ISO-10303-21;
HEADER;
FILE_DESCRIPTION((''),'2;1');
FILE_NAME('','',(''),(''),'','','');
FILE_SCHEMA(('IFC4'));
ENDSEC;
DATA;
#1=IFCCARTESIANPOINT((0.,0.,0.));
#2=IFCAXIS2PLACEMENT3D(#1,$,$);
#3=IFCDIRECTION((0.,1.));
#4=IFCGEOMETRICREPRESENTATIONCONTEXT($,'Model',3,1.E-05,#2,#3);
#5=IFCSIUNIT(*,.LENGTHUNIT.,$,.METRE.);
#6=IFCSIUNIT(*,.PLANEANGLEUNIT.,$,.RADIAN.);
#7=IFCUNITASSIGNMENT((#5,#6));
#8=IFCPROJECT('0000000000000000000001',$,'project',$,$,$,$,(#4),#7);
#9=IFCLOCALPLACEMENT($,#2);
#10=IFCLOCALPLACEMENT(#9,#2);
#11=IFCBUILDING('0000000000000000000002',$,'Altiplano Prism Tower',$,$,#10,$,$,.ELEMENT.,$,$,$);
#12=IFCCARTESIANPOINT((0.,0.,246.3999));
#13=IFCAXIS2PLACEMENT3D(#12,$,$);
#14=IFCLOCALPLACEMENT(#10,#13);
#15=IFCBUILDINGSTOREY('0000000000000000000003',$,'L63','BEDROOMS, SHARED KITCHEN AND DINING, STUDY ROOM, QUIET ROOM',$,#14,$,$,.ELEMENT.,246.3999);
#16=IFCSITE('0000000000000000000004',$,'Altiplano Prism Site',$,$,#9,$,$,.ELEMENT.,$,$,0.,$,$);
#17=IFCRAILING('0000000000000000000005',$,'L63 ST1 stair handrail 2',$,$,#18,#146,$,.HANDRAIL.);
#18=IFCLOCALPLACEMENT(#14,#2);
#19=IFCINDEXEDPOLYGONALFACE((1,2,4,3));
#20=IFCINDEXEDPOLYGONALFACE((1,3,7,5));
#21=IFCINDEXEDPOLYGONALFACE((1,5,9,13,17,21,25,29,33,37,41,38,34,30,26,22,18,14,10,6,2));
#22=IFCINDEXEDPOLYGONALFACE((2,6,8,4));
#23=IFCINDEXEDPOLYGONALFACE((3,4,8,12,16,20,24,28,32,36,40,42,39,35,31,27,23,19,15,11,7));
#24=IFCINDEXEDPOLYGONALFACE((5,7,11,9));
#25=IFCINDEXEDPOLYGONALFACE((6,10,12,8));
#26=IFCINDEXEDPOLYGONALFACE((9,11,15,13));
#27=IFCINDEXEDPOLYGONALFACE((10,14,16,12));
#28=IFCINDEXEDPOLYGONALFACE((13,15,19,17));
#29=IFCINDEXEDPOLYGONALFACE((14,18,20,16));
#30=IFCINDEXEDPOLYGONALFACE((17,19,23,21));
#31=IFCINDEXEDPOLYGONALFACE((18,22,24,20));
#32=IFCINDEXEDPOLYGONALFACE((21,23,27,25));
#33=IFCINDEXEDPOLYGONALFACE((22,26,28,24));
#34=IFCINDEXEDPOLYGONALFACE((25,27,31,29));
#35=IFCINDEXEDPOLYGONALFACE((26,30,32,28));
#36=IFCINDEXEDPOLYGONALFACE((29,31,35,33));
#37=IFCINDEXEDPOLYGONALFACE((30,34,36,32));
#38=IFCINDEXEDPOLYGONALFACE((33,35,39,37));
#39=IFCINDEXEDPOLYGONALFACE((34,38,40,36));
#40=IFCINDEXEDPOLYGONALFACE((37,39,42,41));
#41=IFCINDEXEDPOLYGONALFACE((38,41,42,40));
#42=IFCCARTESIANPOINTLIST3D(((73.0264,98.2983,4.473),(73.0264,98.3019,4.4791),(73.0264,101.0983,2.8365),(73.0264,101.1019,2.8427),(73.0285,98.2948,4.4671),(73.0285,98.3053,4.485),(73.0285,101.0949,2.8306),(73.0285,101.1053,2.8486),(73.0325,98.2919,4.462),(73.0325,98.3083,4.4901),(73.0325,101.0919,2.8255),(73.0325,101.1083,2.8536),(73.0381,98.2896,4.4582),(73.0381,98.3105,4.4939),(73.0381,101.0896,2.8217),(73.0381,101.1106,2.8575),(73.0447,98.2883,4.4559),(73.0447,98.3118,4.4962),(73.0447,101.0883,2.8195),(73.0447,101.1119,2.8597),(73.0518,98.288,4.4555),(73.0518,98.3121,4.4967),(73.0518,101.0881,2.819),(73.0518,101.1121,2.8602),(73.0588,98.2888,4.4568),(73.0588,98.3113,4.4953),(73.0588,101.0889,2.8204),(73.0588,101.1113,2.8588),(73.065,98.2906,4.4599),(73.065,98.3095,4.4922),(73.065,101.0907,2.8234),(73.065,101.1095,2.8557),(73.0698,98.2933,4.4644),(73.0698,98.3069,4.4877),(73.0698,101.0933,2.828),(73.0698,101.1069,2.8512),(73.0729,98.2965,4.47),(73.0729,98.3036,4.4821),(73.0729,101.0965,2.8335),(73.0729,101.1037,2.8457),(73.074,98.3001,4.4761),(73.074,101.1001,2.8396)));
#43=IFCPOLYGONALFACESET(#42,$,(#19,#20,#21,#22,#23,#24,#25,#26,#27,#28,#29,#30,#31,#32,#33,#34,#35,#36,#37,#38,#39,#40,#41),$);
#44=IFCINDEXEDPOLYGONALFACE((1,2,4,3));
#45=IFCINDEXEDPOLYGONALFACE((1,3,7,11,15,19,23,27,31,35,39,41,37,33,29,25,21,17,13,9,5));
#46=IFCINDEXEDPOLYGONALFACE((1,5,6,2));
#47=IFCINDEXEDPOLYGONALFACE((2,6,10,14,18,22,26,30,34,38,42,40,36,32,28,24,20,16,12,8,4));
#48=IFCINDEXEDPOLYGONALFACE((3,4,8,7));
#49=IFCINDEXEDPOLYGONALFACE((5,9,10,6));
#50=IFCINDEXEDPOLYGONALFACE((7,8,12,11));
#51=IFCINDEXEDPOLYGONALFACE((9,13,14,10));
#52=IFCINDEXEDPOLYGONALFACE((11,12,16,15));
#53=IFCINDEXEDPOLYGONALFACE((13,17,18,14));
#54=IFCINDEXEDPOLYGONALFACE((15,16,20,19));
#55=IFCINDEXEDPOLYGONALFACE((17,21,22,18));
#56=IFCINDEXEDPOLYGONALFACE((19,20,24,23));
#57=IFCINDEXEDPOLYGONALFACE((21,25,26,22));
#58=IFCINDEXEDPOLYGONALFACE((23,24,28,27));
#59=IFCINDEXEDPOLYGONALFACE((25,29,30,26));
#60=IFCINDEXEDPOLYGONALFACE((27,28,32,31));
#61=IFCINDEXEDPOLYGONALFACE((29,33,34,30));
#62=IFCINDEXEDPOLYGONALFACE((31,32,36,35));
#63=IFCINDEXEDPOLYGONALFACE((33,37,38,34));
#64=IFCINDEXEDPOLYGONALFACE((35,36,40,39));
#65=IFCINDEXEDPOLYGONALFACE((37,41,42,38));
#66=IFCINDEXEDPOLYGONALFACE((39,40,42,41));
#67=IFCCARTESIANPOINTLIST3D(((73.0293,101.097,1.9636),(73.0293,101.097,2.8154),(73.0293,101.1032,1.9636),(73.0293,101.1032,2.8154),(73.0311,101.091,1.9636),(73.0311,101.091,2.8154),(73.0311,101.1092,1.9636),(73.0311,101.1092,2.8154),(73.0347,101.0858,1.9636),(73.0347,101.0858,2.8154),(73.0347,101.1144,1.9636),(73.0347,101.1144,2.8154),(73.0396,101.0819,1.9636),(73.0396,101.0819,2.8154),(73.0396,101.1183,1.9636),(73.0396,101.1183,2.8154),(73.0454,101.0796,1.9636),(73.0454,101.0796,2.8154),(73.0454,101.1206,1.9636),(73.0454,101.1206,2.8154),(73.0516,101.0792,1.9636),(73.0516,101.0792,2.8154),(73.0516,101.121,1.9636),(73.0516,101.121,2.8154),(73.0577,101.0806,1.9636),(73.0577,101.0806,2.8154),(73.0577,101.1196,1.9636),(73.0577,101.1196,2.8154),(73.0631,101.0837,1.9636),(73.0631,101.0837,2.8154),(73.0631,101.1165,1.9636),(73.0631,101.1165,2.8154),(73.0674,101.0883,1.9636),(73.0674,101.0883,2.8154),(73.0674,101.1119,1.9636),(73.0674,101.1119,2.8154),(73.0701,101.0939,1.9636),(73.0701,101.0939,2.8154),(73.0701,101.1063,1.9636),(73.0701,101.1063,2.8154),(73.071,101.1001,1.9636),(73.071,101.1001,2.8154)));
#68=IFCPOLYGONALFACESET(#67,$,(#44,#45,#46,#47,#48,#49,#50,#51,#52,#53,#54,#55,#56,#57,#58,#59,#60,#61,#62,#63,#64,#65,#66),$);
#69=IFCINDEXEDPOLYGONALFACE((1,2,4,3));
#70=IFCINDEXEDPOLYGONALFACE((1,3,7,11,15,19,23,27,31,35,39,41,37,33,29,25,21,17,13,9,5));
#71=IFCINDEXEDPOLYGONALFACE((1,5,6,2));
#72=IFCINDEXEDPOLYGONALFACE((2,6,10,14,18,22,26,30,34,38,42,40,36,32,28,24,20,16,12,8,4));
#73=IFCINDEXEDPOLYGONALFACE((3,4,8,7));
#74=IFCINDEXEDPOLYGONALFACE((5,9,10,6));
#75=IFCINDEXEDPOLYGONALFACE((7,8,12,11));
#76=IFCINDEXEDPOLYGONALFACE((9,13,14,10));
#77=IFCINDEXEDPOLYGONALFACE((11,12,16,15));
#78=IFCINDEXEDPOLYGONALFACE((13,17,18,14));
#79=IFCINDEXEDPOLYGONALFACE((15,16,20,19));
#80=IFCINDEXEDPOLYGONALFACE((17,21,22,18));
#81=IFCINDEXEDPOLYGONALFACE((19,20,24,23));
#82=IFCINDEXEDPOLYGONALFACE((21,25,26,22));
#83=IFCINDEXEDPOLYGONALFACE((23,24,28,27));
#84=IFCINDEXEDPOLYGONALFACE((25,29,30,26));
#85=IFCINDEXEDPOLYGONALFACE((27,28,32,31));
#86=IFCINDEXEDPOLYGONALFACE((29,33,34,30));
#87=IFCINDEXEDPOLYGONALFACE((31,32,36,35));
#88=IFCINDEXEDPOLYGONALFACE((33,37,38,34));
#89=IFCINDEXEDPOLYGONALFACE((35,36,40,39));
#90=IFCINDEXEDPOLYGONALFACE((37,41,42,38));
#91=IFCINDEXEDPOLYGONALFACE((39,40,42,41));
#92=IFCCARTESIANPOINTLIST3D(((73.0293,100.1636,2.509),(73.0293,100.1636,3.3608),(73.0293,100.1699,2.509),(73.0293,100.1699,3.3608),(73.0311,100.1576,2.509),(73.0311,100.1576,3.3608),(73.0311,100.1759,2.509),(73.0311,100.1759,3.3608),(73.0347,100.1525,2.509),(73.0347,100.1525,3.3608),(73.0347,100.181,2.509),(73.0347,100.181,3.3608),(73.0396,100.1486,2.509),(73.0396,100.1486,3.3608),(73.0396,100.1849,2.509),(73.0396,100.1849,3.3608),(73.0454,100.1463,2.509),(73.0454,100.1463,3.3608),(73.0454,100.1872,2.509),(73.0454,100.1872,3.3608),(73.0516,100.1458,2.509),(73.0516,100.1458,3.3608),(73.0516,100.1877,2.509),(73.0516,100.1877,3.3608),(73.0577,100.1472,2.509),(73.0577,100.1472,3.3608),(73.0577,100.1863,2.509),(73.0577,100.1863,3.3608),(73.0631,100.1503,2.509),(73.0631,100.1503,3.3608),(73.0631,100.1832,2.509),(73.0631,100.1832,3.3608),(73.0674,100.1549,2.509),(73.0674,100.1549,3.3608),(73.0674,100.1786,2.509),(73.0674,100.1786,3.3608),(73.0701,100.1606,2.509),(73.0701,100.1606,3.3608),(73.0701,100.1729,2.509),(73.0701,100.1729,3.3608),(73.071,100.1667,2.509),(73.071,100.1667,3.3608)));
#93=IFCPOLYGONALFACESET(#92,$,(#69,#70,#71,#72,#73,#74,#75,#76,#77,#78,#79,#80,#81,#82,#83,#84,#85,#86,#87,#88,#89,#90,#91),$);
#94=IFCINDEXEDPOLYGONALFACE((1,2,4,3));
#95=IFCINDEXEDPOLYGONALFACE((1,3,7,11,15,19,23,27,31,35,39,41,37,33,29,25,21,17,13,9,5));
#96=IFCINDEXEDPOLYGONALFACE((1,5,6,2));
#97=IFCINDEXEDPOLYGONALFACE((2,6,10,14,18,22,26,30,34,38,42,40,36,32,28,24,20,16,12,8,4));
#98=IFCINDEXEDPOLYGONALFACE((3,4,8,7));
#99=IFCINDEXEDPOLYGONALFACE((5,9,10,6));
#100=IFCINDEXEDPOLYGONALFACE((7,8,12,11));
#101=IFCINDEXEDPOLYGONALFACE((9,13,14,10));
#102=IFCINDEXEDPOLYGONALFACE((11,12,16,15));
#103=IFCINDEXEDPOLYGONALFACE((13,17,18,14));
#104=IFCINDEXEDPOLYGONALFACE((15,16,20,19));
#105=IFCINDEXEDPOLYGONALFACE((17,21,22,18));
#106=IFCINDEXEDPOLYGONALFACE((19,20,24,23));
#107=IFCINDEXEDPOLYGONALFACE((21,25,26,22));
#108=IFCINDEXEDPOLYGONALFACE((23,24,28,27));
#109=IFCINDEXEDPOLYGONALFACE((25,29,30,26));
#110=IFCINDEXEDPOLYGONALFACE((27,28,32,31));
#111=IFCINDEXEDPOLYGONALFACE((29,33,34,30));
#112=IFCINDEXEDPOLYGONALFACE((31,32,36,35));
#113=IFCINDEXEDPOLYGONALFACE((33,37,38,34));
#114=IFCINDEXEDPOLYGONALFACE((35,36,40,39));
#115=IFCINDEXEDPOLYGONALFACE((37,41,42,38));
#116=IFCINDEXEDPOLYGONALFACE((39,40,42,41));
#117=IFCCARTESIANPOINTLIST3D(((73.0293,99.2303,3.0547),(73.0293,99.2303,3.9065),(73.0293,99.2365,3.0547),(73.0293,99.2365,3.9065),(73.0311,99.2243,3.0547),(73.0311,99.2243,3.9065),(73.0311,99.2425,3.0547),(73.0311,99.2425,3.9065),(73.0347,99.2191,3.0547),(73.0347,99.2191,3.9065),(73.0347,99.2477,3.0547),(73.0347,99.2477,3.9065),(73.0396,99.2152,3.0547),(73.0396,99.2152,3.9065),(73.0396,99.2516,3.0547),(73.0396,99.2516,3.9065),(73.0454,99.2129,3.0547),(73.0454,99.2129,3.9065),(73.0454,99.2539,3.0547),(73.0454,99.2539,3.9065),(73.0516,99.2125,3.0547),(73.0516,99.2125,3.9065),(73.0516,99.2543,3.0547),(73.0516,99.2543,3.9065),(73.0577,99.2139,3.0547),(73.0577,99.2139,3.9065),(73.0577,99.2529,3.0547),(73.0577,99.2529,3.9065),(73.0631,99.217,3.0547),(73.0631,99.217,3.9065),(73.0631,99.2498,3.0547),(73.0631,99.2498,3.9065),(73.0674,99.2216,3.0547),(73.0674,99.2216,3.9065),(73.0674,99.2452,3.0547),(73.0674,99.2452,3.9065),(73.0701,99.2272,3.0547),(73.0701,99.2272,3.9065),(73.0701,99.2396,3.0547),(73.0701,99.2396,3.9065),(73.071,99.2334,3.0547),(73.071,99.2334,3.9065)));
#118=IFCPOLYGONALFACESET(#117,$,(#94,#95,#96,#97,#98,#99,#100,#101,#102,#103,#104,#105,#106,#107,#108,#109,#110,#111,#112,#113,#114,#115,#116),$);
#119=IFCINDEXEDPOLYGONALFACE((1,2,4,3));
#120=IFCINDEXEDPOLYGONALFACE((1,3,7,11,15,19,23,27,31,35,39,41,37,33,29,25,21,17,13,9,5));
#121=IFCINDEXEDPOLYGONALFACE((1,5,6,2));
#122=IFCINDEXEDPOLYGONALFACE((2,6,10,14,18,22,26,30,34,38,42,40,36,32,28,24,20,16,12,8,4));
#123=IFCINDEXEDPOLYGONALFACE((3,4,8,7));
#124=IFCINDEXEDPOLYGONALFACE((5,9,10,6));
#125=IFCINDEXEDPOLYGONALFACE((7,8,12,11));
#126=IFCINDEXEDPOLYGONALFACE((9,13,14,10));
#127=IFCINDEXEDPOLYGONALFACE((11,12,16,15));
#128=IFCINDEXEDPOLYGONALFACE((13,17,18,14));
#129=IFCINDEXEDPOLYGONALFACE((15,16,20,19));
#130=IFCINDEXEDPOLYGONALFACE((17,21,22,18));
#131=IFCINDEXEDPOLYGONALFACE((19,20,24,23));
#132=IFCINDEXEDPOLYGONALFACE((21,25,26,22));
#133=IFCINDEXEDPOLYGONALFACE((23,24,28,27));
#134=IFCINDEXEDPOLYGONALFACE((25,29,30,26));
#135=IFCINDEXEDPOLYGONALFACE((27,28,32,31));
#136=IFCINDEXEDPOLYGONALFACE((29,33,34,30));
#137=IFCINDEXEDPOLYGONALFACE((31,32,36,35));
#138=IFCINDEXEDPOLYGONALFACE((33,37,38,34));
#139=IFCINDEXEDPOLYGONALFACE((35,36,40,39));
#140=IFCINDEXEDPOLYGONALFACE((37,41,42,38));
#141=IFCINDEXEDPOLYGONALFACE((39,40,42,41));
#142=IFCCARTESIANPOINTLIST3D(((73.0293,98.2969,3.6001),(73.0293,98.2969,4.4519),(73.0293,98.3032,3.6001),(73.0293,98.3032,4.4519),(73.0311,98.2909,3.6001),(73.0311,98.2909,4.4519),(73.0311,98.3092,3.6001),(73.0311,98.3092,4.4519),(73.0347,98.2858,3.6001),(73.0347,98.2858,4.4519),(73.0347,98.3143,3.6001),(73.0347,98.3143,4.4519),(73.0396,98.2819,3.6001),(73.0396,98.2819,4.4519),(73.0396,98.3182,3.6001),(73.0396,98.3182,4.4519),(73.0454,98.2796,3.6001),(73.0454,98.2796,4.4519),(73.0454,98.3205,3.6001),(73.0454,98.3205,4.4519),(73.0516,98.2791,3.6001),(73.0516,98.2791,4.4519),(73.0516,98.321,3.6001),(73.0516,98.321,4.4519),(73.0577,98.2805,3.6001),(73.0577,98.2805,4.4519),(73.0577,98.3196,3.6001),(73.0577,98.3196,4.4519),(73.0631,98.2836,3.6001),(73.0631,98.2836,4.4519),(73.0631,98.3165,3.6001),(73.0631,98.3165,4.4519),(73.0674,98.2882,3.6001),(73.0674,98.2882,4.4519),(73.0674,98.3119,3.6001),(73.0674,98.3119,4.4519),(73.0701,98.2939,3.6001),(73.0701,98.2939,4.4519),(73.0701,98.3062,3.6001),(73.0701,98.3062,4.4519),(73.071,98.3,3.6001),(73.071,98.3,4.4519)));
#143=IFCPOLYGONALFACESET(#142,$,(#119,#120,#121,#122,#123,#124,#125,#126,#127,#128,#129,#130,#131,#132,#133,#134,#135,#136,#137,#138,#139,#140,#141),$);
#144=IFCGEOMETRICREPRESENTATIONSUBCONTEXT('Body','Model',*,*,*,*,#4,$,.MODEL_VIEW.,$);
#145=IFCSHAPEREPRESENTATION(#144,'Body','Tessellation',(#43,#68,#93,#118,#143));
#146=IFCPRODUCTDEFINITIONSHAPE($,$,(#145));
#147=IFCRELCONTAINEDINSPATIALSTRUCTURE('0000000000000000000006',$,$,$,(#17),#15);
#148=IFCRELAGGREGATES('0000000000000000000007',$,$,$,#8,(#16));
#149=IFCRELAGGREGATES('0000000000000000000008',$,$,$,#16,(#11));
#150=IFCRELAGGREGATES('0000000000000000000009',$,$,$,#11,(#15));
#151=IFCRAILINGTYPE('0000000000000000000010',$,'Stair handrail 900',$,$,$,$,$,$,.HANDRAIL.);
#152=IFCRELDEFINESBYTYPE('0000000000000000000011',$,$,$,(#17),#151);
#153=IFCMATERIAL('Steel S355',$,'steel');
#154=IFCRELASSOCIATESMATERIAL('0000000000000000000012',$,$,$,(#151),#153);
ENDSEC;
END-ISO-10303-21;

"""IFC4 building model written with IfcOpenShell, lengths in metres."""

from ifc_helpers import new_model, si_unit, direction, frame, origin, origin_2d, place, context, subcontext, project, spatial, circle, extrude, material, type_object, element, save


model = new_model("IFC4")

# Units and contexts
model_context = context("Model", 3, precision=1e-05, world=origin(), true_north=direction((0.0, 1.0)))
body_context = subcontext(model_context, "Body", "Model", "MODEL_VIEW")
ifc_project = project(units=[si_unit("LENGTHUNIT", "METRE"), si_unit("PLANEANGLEUNIT", "RADIAN")], contexts=[model_context])

# Site, building, storey
site_placement = place(None, origin())
site = spatial("IfcSite", under=ifc_project, at=site_placement, Name="Altiplano Prism Site", CompositionType="ELEMENT", RefElevation=0.0)
building_placement = place(site_placement, origin())
building = spatial("IfcBuilding", under=site, at=building_placement, Name="Altiplano Prism Tower", CompositionType="ELEMENT")
storey_placement = place(building_placement, frame((0.0, 0.0, 246.3999)))
storey = spatial("IfcBuildingStorey", under=building, at=storey_placement, Name="L63", Description="BEDROOMS, SHARED KITCHEN AND DINING, STUDY ROOM, QUIET ROOM", CompositionType="ELEMENT", Elevation=246.3999)

# Railing
ifc_material_1 = material(Name="Steel S355", Category="steel")
railing_type_1 = type_object("IfcRailingType", Name="Stair handrail 900", PredefinedType="HANDRAIL", material=ifc_material_1)
railing_1_placement = place(storey_placement, frame((73.05, 101.1001, 1.9636)))
element("IfcRailing", 1, at=railing_1_placement, inside=storey, type_object=railing_type_1, Name="L63 ST1 stair handrail 2", PredefinedType="HANDRAIL", context=body_context, shape_type="SweptSolid", body=[
    extrude(circle(Radius=0.0239, at=origin_2d()), frame((0.0, 0.0, 0.876), z_axis=(0.0, -0.863361, 0.504587), x_axis=(1.0, 0.0, 0.0)), (0.0, 0.0, 1.0), 3.2432),
    extrude(circle(Radius=0.021, at=origin_2d()), origin(), (0.0, 0.0, 1.0), 0.8518),
    extrude(circle(Radius=0.021, at=origin_2d()), frame((0.0, -0.9333, 0.5454)), (0.0, 0.0, 1.0), 0.8518),
    extrude(circle(Radius=0.021, at=origin_2d()), frame((0.0, -1.8667, 1.0911)), (0.0, 0.0, 1.0), 0.8518),
    extrude(circle(Radius=0.021, at=origin_2d()), frame((0.0, -2.8, 1.6365)), (0.0, 0.0, 1.0), 0.8518),
])

save(model, "model.ifc")
